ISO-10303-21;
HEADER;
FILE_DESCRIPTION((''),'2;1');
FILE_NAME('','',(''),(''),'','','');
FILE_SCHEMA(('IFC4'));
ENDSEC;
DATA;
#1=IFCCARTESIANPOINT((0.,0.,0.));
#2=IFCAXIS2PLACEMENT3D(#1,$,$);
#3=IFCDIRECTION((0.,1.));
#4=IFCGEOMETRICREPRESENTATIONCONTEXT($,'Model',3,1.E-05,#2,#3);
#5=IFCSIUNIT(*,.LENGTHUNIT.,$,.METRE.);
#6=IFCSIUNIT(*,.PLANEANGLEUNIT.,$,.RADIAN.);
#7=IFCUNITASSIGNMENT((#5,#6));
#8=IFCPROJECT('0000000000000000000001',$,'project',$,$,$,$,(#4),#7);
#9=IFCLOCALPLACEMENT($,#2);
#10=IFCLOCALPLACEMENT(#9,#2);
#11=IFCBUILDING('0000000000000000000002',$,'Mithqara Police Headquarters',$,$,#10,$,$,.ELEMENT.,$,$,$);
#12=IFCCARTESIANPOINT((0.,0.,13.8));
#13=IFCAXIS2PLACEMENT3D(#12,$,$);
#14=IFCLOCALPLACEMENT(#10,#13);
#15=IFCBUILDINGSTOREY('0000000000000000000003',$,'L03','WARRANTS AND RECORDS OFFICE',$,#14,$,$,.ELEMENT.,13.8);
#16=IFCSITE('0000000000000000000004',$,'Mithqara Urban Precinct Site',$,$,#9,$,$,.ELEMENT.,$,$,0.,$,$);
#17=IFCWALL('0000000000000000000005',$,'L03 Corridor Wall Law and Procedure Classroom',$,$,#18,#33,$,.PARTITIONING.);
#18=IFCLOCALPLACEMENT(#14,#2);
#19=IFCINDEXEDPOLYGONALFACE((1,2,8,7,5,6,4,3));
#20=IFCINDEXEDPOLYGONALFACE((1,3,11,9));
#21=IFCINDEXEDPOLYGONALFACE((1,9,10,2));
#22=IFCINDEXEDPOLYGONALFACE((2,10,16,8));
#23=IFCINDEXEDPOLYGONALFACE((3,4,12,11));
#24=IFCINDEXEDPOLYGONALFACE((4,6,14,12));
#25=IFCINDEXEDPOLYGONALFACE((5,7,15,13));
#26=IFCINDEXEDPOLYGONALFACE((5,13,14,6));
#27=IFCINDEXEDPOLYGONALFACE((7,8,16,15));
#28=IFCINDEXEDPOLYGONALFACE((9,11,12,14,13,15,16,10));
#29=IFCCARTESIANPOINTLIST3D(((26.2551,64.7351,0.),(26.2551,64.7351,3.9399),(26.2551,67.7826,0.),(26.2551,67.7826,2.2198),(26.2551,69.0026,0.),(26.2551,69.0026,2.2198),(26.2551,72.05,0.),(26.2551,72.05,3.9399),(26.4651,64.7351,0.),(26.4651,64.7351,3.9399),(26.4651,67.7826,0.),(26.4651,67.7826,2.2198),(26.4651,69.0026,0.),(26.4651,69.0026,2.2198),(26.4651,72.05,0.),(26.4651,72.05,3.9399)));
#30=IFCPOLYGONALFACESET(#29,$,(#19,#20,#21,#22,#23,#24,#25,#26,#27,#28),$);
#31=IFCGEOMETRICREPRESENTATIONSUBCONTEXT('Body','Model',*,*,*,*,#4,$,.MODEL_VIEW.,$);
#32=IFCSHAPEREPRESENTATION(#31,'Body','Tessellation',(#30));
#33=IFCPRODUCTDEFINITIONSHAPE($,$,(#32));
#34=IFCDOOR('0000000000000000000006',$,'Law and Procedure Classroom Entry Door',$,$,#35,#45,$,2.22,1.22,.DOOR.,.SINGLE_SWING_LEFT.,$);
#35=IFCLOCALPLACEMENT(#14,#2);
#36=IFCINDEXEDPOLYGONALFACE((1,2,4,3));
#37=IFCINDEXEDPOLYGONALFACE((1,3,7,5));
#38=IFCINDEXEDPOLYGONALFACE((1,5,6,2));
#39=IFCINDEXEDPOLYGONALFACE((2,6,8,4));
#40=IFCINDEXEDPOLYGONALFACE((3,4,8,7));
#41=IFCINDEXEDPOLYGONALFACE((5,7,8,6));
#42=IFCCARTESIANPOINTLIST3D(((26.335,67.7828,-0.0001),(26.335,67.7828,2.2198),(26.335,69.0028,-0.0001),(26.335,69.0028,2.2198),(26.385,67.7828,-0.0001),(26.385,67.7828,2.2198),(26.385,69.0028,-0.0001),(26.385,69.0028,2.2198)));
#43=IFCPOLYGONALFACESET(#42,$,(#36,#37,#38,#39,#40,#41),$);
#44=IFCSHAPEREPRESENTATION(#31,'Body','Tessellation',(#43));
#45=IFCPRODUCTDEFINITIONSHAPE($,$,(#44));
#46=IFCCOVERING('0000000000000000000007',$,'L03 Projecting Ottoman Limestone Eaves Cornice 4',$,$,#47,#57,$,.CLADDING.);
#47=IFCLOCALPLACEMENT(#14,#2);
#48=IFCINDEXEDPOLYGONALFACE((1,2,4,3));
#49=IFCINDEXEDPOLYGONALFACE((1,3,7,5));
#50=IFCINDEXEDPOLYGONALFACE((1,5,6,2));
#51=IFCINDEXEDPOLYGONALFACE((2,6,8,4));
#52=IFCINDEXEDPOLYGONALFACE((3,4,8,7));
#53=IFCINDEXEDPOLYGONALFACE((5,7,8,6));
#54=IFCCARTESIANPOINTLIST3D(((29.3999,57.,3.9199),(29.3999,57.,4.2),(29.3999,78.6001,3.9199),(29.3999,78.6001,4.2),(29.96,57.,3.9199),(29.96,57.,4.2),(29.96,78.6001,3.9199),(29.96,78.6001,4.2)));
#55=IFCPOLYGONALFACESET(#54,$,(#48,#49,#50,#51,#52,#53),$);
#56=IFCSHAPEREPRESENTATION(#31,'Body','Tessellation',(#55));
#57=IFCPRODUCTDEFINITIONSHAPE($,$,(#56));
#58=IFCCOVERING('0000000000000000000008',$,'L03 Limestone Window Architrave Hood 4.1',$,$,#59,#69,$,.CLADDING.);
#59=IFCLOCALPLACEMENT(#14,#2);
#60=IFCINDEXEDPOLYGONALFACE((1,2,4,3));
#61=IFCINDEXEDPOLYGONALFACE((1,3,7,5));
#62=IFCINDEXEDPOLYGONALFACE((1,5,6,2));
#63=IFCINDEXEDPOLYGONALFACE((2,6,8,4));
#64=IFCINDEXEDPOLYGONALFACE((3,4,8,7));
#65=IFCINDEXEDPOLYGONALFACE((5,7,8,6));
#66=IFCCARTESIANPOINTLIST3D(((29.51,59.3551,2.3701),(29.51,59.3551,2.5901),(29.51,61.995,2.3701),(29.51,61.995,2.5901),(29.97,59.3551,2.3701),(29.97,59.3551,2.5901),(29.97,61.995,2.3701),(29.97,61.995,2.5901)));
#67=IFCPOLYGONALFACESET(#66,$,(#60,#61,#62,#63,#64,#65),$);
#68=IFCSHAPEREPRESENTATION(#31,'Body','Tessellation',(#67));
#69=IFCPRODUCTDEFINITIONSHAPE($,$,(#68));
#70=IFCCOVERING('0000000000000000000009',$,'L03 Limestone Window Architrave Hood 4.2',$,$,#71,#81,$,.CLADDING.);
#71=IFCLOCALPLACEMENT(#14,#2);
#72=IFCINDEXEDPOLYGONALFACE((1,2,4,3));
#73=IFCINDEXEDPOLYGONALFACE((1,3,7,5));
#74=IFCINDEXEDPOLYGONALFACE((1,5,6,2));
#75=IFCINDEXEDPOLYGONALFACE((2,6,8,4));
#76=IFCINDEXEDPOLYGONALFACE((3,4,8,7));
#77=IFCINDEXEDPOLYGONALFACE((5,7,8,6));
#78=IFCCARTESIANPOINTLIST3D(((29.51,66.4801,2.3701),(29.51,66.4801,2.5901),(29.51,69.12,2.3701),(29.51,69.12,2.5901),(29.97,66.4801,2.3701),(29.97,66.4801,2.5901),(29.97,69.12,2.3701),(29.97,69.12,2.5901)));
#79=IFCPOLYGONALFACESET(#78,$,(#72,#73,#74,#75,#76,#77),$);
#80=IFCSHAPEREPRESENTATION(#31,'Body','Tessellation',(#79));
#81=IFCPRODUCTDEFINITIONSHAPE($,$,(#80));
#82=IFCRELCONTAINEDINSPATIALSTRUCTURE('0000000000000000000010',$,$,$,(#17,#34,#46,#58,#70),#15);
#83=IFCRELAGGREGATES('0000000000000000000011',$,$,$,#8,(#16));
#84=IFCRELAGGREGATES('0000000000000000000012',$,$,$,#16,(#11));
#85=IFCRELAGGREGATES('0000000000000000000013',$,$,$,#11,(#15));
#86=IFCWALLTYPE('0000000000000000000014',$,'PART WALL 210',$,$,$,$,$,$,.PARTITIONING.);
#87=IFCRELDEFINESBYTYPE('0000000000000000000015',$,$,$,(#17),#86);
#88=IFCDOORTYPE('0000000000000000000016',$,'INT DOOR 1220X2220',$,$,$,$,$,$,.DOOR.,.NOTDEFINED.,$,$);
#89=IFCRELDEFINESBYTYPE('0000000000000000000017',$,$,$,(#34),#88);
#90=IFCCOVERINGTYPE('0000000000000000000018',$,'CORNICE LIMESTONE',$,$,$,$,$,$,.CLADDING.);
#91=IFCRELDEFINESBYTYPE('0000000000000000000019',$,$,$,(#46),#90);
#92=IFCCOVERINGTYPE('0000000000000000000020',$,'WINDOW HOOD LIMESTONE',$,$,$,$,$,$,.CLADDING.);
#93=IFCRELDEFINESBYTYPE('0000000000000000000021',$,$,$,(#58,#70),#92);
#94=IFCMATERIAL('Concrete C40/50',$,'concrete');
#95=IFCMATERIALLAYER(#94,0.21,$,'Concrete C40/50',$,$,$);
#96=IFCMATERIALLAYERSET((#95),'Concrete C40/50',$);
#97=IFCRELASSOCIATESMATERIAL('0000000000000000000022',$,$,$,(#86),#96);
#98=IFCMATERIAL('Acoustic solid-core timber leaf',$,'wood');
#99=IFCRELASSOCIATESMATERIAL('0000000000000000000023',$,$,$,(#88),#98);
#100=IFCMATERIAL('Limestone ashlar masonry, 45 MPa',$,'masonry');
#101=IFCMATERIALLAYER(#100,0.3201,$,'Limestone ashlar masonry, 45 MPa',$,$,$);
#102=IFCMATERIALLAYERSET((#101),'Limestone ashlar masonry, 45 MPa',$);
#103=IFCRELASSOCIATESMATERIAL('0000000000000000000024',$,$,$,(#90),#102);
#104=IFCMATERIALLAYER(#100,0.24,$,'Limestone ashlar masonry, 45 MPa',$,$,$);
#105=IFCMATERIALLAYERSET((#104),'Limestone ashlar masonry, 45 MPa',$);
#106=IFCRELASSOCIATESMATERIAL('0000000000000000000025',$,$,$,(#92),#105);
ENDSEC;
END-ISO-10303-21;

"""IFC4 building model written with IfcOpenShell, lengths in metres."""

from ifc_helpers import new_model, si_unit, direction, frame, frame_2d, origin, origin_2d, place, context, subcontext, project, spatial, rectangle, extrude, material, layer, layer_set, type_object, element, fill, save


model = new_model("IFC4")

# Units and contexts
model_context = context("Model", 3, precision=1e-05, world=origin(), true_north=direction((0.0, 1.0)))
body_context = subcontext(model_context, "Body", "Model", "MODEL_VIEW")
ifc_project = project(units=[si_unit("LENGTHUNIT", "METRE"), si_unit("PLANEANGLEUNIT", "RADIAN")], contexts=[model_context])

# Site, building, storey
site_placement = place(None, origin())
site = spatial("IfcSite", under=ifc_project, at=site_placement, Name="Mithqara Urban Precinct Site", CompositionType="ELEMENT", RefElevation=0.0)
building_placement = place(site_placement, origin())
building = spatial("IfcBuilding", under=site, at=building_placement, Name="Mithqara Police Headquarters", CompositionType="ELEMENT")
storey_placement = place(building_placement, frame((0.0, 0.0, 13.8)))
storey = spatial("IfcBuildingStorey", under=building, at=storey_placement, Name="L03", Description="WARRANTS AND RECORDS OFFICE", CompositionType="ELEMENT", Elevation=13.8)

# Shared definitions
ifc_material_1 = material(Name="Concrete C40/50", Category="concrete")

# Shared definitions
ifc_layer_1 = layer(ifc_material_1, 0.21, Name="Concrete C40/50")
ifc_layer_set_1 = layer_set([ifc_layer_1], Name="Concrete C40/50")
wall_type_1 = type_object("IfcWallType", Name="PART WALL 210", PredefinedType="PARTITIONING", material=ifc_layer_set_1)
ifc_material_2 = material(Name="Acoustic solid-core timber leaf", Category="wood")

# Wall, opening, door
wall_1_placement = place(storey_placement, frame((26.3601, 64.7351, 0.0), z_axis=(0.0, 0.0, 1.0), x_axis=(0.0, 1.0, 0.0)))
wall_1 = element("IfcWall", 1, at=wall_1_placement, inside=storey, type_object=wall_type_1, Name="L03 Corridor Wall Law and Procedure Classroom", PredefinedType="PARTITIONING", context=body_context, shape_type="SweptSolid", body=[
    extrude(rectangle(XDim=7.3149, YDim=0.21, at=frame_2d((3.6575, 0.0))), origin(), (0.0, 0.0, 1.0), 3.9399),
])
opening_1_placement = place(wall_1_placement, frame((3.0476, 0.0, 0.0)))
opening_1 = element("IfcOpeningElement", 2, at=opening_1_placement, cuts=wall_1, PredefinedType="OPENING", context=body_context, shape_type="SweptSolid", body=[
    extrude(rectangle(XDim=1.22, YDim=2.22, at=frame_2d((0.6099, 1.1099))), frame((0.0, 0.115, 0.0), z_axis=(0.0, -1.0, 0.0), x_axis=(1.0, 0.0, 0.0)), (0.0, 0.0, 1.0), 0.23),
])
door_type_1 = type_object("IfcDoorType", Name="INT DOOR 1220X2220", OperationType="NOTDEFINED", PredefinedType="DOOR", material=ifc_material_2)
door_1_placement = place(opening_1_placement, frame((1.22, 0.0, 0.0), z_axis=(0.0, 0.0, 1.0), x_axis=(-1.0, 0.0, 0.0)))
door_1 = element("IfcDoor", 3, at=door_1_placement, inside=storey, type_object=door_type_1, Name="Law and Procedure Classroom Entry Door", OperationType="SINGLE_SWING_LEFT", OverallHeight=2.22, OverallWidth=1.22, PredefinedType="DOOR", context=body_context, shape_type="SweptSolid", body=[
    extrude(rectangle(XDim=1.22, YDim=2.22, at=frame_2d((0.6099, 1.1099))), frame((0.0, 0.0249, 0.0), z_axis=(0.0, -1.0, 0.0), x_axis=(1.0, 0.0, 0.0)), (0.0, 0.0, 1.0), 0.05),
])
fill(opening_1, door_1)

# Coverings
ifc_material_3 = material(Name="Limestone ashlar masonry, 45 MPa", Category="masonry")
ifc_layer_2 = layer(ifc_material_3, 0.3201, Name="Limestone ashlar masonry, 45 MPa")
ifc_layer_set_2 = layer_set([ifc_layer_2], Name="Limestone ashlar masonry, 45 MPa")
covering_type_1 = type_object("IfcCoveringType", Name="CORNICE LIMESTONE", PredefinedType="CLADDING", material=ifc_layer_set_2)
covering_placement = place(storey_placement, frame((29.6799, 67.8, 3.9199), z_axis=(0.0, 0.0, 1.0), x_axis=(0.0, 1.0, 0.0)))
element("IfcCovering", 4, at=covering_placement, inside=storey, type_object=covering_type_1, Name="L03 Projecting Ottoman Limestone Eaves Cornice 4", PredefinedType="CLADDING", context=body_context, shape_type="SweptSolid", body=[
    extrude(rectangle(XDim=21.6001, YDim=0.5601, at=origin_2d()), origin(), (0.0, 0.0, 1.0), 0.28),
])
ifc_layer_3 = layer(ifc_material_3, 0.24, Name="Limestone ashlar masonry, 45 MPa")
ifc_layer_set_3 = layer_set([ifc_layer_3], Name="Limestone ashlar masonry, 45 MPa")
covering_type_2 = type_object("IfcCoveringType", Name="WINDOW HOOD LIMESTONE", PredefinedType="CLADDING", material=ifc_layer_set_3)
for number, where, z_axis, x_axis, name in (
    (5, (29.74, 60.675, 2.3701), (0.0, 0.0, 1.0), (0.0, 1.0, 0.0), "L03 Limestone Window Architrave Hood 4.1"),
    (6, (29.74, 67.8, 2.3701), (0.0, 0.0, 1.0), (0.0, 1.0, 0.0), "L03 Limestone Window Architrave Hood 4.2"),
):
    element("IfcCovering", number, at=place(storey_placement, frame(where, z_axis=z_axis, x_axis=x_axis)), inside=storey, type_object=covering_type_2, Name=name, PredefinedType="CLADDING", context=body_context, shape_type="SweptSolid", body=[
        extrude(rectangle(XDim=2.6399, YDim=0.46, at=origin_2d()), origin(), (0.0, 0.0, 1.0), 0.22),
    ])

save(model, "model.ifc")
